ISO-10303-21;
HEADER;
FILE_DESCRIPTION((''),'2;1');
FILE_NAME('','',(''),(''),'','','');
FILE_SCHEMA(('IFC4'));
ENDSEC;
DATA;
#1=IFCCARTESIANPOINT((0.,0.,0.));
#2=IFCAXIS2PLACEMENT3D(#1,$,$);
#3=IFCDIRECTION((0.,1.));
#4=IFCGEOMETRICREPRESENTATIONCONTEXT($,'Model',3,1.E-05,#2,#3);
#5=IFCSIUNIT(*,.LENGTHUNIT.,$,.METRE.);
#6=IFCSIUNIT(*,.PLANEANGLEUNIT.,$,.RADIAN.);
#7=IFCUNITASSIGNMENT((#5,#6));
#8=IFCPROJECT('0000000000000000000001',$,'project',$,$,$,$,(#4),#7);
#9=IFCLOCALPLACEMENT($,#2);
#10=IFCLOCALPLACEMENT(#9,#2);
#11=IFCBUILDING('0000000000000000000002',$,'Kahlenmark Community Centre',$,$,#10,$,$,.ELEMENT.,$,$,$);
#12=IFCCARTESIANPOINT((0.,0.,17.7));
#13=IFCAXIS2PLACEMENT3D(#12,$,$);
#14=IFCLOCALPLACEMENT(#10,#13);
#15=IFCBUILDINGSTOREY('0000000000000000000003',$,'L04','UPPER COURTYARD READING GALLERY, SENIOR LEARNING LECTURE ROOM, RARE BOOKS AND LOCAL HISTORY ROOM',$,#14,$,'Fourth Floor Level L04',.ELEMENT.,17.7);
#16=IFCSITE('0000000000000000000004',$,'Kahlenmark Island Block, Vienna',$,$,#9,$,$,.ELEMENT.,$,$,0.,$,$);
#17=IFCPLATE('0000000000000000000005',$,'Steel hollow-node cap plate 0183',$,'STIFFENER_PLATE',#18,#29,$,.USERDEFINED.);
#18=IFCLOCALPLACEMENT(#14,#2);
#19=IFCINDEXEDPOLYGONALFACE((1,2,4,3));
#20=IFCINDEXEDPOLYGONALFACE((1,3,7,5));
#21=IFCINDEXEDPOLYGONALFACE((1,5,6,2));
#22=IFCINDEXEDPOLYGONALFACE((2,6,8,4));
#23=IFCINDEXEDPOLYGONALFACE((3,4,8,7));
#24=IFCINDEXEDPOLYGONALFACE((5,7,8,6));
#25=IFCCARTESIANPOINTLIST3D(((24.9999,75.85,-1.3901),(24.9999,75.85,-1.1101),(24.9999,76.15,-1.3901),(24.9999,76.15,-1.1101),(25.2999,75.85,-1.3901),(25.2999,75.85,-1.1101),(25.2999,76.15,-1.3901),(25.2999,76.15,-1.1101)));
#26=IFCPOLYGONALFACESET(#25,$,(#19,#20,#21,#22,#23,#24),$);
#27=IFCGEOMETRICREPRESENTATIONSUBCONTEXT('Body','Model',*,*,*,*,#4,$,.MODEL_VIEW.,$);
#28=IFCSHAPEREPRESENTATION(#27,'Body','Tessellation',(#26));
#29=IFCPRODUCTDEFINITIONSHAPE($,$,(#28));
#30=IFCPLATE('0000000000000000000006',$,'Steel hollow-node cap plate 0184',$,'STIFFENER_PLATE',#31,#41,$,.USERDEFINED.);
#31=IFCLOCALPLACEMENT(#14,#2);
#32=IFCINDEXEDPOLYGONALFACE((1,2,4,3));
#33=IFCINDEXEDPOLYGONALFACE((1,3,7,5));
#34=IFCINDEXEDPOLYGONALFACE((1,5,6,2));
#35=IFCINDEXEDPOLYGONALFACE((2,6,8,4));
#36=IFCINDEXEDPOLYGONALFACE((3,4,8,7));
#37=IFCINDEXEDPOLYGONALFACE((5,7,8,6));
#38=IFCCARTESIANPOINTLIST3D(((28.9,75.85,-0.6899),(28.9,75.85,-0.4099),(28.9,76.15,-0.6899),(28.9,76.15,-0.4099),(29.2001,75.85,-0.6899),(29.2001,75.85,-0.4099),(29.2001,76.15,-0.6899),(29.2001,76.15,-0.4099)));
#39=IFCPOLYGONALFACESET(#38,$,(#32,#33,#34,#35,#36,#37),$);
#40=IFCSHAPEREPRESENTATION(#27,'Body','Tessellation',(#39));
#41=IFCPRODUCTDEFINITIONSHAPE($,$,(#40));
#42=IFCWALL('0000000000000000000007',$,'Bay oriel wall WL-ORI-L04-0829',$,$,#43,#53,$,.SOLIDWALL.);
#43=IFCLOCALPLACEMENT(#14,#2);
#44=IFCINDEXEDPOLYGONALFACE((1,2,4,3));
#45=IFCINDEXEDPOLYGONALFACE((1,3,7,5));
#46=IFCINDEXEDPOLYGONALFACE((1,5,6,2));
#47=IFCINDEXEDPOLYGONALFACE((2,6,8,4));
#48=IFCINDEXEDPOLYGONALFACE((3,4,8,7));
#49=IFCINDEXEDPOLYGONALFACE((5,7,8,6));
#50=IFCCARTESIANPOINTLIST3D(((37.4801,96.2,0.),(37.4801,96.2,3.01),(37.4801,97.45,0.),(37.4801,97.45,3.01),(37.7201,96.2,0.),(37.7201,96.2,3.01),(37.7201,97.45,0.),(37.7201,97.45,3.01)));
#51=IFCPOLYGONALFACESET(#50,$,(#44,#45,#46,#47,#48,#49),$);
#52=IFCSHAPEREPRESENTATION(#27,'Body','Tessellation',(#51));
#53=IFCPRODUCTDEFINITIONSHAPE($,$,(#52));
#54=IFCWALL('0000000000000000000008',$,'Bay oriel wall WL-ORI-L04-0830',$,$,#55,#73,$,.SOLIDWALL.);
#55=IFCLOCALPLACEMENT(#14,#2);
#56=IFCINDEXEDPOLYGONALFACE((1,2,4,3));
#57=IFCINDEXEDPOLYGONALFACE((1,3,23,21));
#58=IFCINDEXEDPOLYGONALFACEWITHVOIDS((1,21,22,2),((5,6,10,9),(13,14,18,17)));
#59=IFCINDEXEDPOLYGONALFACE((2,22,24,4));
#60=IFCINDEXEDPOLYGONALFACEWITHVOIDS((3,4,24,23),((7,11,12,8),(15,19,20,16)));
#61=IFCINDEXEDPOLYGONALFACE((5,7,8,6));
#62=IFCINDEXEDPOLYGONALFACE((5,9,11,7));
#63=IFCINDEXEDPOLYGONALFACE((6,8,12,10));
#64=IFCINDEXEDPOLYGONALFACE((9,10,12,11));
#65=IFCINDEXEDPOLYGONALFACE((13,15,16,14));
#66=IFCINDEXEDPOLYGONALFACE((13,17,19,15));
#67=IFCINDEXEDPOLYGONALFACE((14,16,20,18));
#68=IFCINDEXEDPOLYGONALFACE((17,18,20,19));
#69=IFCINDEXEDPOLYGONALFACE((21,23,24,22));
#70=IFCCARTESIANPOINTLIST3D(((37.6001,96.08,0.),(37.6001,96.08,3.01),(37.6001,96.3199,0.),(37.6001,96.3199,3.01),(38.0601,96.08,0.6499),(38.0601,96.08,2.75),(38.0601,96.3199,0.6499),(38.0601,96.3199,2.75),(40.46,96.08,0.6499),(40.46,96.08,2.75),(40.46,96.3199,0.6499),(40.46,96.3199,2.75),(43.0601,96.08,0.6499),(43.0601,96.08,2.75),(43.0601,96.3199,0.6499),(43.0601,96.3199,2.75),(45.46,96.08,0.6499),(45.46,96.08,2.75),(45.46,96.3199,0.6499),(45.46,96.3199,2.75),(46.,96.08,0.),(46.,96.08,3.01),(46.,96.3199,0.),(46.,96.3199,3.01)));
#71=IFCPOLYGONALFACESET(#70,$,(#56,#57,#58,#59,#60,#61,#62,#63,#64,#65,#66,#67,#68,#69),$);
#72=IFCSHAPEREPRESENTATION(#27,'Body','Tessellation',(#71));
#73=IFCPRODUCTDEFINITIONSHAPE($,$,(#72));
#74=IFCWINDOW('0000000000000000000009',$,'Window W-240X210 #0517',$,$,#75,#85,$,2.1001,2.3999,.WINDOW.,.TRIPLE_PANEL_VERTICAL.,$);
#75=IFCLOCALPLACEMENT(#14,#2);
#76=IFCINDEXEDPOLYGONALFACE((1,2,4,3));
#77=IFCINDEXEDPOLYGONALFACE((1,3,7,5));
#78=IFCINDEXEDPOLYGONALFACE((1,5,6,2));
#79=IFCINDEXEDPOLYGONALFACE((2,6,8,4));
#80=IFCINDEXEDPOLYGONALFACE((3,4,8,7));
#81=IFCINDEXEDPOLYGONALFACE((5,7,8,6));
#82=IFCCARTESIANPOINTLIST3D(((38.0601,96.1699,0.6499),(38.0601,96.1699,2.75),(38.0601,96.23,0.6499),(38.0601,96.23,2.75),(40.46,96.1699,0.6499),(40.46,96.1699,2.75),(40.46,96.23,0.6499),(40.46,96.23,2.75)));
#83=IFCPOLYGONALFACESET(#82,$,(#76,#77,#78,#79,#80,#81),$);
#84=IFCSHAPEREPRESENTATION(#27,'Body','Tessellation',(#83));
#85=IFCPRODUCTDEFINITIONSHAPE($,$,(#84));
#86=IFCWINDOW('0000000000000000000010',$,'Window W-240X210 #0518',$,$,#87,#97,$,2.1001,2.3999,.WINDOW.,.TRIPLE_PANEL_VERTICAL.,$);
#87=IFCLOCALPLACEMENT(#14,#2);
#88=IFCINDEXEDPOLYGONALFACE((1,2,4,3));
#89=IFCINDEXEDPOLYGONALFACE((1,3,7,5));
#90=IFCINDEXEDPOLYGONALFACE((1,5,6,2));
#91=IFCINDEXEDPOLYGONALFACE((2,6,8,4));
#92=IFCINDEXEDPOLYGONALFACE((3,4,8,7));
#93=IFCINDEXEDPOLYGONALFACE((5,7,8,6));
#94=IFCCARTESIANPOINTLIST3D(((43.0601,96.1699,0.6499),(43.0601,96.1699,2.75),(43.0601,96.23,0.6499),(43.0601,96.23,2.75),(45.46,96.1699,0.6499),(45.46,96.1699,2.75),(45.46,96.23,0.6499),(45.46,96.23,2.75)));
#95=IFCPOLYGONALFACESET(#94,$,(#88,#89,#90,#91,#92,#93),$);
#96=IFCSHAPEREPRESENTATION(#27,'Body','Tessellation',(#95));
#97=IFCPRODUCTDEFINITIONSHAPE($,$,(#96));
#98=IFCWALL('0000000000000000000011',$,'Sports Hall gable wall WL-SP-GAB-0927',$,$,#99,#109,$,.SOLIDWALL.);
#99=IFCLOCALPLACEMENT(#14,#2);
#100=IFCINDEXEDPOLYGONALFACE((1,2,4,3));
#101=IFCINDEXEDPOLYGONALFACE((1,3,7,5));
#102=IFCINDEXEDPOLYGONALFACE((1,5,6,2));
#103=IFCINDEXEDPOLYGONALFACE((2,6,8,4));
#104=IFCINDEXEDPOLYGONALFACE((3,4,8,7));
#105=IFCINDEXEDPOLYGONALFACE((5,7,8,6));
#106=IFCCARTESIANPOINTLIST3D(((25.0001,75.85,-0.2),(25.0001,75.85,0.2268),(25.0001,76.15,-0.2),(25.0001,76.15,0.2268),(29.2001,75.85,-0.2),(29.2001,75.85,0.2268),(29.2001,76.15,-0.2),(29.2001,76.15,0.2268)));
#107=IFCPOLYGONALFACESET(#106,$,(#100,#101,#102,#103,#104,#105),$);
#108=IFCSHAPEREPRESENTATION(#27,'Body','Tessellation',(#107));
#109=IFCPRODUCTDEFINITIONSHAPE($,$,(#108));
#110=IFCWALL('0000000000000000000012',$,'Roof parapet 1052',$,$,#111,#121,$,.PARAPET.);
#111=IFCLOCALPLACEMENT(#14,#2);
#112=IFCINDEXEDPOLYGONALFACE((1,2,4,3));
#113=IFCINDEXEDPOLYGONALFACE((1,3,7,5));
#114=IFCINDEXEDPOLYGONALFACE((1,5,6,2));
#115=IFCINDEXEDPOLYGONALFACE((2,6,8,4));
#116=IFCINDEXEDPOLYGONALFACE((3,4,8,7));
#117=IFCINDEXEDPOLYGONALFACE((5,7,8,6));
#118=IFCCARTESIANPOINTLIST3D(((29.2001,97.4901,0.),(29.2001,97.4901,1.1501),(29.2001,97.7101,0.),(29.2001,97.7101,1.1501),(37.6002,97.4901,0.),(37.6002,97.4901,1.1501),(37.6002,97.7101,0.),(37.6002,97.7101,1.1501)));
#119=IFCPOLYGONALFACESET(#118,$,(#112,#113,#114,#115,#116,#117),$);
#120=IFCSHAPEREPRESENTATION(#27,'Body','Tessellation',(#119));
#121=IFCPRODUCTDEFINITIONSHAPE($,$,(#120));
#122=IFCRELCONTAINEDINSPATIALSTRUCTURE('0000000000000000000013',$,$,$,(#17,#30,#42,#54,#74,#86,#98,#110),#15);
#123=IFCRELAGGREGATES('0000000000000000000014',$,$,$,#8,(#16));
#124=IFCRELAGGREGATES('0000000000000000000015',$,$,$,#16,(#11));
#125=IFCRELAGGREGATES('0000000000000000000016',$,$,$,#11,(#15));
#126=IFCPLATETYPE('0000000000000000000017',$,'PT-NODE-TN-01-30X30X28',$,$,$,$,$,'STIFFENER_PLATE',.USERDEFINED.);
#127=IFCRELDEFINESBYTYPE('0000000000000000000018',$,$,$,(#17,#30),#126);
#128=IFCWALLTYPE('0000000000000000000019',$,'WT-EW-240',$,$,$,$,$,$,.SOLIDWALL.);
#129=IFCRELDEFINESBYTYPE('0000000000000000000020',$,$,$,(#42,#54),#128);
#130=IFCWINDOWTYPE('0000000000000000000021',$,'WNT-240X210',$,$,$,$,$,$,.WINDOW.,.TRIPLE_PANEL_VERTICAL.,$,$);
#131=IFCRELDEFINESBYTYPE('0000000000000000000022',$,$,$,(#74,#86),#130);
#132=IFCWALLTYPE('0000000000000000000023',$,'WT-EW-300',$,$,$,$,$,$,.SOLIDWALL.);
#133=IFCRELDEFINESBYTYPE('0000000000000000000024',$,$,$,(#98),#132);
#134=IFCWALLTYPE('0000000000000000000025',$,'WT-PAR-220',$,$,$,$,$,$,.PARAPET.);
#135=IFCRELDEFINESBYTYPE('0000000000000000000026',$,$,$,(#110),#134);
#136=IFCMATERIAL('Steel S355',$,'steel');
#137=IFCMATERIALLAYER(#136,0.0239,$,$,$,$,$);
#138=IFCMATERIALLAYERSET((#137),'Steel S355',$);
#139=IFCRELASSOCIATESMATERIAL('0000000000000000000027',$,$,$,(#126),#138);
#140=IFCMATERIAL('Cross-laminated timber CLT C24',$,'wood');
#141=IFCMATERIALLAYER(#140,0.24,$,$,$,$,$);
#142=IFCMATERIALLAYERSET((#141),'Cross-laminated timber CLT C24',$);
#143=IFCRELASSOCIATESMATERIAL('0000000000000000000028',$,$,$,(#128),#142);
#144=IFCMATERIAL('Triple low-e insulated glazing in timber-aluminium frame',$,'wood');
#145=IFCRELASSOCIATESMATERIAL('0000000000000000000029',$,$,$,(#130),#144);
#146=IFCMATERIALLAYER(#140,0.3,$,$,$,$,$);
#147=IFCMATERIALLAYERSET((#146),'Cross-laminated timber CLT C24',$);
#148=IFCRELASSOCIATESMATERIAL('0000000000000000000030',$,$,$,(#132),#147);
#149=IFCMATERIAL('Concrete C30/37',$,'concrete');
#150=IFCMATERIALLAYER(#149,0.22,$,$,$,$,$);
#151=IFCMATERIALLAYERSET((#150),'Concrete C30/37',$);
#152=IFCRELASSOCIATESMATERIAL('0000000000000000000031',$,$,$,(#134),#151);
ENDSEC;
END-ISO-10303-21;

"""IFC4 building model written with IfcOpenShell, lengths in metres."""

from ifc_helpers import new_model, si_unit, direction, frame, frame_2d, origin, origin_2d, place, context, subcontext, project, spatial, rectangle, extrude, material, layer, layer_set, type_object, element, fill, save


model = new_model("IFC4")

# Units and contexts
model_context = context("Model", 3, precision=1e-05, world=origin(), true_north=direction((0.0, 1.0)))
body_context = subcontext(model_context, "Body", "Model", "MODEL_VIEW")
ifc_project = project(units=[si_unit("LENGTHUNIT", "METRE"), si_unit("PLANEANGLEUNIT", "RADIAN")], contexts=[model_context])

# Site, building, storey
site_placement = place(None, origin())
site = spatial("IfcSite", under=ifc_project, at=site_placement, Name="Kahlenmark Island Block, Vienna", CompositionType="ELEMENT", RefElevation=0.0)
building_placement = place(site_placement, origin())
building = spatial("IfcBuilding", under=site, at=building_placement, Name="Kahlenmark Community Centre", CompositionType="ELEMENT")
storey_placement = place(building_placement, frame((0.0, 0.0, 17.7)))
storey = spatial("IfcBuildingStorey", under=building, at=storey_placement, Name="L04", Description="UPPER COURTYARD READING GALLERY, SENIOR LEARNING LECTURE ROOM, RARE BOOKS AND LOCAL HISTORY ROOM", LongName="Fourth Floor Level L04", CompositionType="ELEMENT", Elevation=17.7)

# Shared definitions
ifc_material_1 = material(Name="Steel S355", Category="steel")

# Plates
ifc_layer_1 = layer(ifc_material_1, 0.0239)
ifc_layer_set_1 = layer_set([ifc_layer_1], Name="Steel S355")
plate_type_1 = type_object("IfcPlateType", Name="PT-NODE-TN-01-30X30X28", ElementType="STIFFENER_PLATE", PredefinedType="USERDEFINED", material=ifc_layer_set_1)
for number, where, z_axis, x_axis, name in (
    (1, (25.1499, 76.0, -1.3901), (0.0, 0.0, 1.0), (1.0, 0.0, 0.0), "Steel hollow-node cap plate 0183"),
    (2, (29.05, 76.0, -0.6899), (0.0, 0.0, 1.0), (1.0, 0.0, 0.0), "Steel hollow-node cap plate 0184"),
):
    element("IfcPlate", number, at=place(storey_placement, frame(where, z_axis=z_axis, x_axis=x_axis)), inside=storey, type_object=plate_type_1, Name=name, ObjectType="STIFFENER_PLATE", PredefinedType="USERDEFINED", context=body_context, shape_type="SweptSolid", body=[
        extrude(rectangle(XDim=0.3, YDim=0.3, at=origin_2d()), origin(), (0.0, 0.0, 1.0), 0.28),
    ])

# Wall
ifc_material_2 = material(Name="Cross-laminated timber CLT C24", Category="wood")
ifc_layer_2 = layer(ifc_material_2, 0.24)
ifc_layer_set_2 = layer_set([ifc_layer_2], Name="Cross-laminated timber CLT C24")
wall_type_1 = type_object("IfcWallType", Name="WT-EW-240", PredefinedType="SOLIDWALL", material=ifc_layer_set_2)
wall_1_placement = place(storey_placement, frame((37.6001, 97.45, 0.0), z_axis=(0.0, 0.0, 1.0), x_axis=(0.0, -1.0, 0.0)))
element("IfcWall", 3, at=wall_1_placement, inside=storey, type_object=wall_type_1, Name="Bay oriel wall WL-ORI-L04-0829", PredefinedType="SOLIDWALL", context=body_context, shape_type="SweptSolid", body=[
    extrude(rectangle(XDim=1.25, YDim=0.24, at=frame_2d((0.625, 0.0))), origin(), (0.0, 0.0, 1.0), 3.01),
])

# Wall, openings, windows
wall_2_placement = place(storey_placement, frame((37.6001, 96.2, 0.0), z_axis=(0.0, 0.0, 1.0), x_axis=(1.0, 0.0, 0.0)))
wall_2 = element("IfcWall", 4, at=wall_2_placement, inside=storey, type_object=wall_type_1, Name="Bay oriel wall WL-ORI-L04-0830", PredefinedType="SOLIDWALL", context=body_context, shape_type="SweptSolid", body=[
    extrude(rectangle(XDim=8.3999, YDim=0.24, at=frame_2d((4.2, 0.0))), origin(), (0.0, 0.0, 1.0), 3.01),
])
opening_1_placement = place(wall_2_placement, frame((0.46, 0.0, 0.6499)))
opening_1 = element("IfcOpeningElement", 5, at=opening_1_placement, cuts=wall_2, PredefinedType="OPENING", context=body_context, shape_type="SweptSolid", body=[
    extrude(rectangle(XDim=2.3999, YDim=2.1001, at=frame_2d((1.2, 1.05))), frame((0.0, 0.1299, 0.0), z_axis=(0.0, -1.0, 0.0), x_axis=(1.0, 0.0, 0.0)), (0.0, 0.0, 1.0), 0.26),
])
opening_2_placement = place(wall_2_placement, frame((5.46, 0.0, 0.6499)))
opening_2 = element("IfcOpeningElement", 6, at=opening_2_placement, cuts=wall_2, PredefinedType="OPENING", context=body_context, shape_type="SweptSolid", body=[
    extrude(rectangle(XDim=2.3999, YDim=2.1001, at=frame_2d((1.2, 1.05))), frame((0.0, 0.1299, 0.0), z_axis=(0.0, -1.0, 0.0), x_axis=(1.0, 0.0, 0.0)), (0.0, 0.0, 1.0), 0.26),
])
ifc_material_3 = material(Name="Triple low-e insulated glazing in timber-aluminium frame", Category="wood")
window_type = type_object("IfcWindowType", Name="WNT-240X210", PartitioningType="TRIPLE_PANEL_VERTICAL", PredefinedType="WINDOW", material=ifc_material_3)
window_1_placement = place(opening_1_placement, origin())
window_1 = element("IfcWindow", 7, at=window_1_placement, inside=storey, type_object=window_type, Name="Window W-240X210 #0517", OverallHeight=2.1001, OverallWidth=2.3999, PartitioningType="TRIPLE_PANEL_VERTICAL", PredefinedType="WINDOW", context=body_context, shape_type="SweptSolid", body=[
    extrude(rectangle(XDim=2.3999, YDim=2.1001, at=frame_2d((1.2, 1.05))), frame((0.0, 0.03, 0.0), z_axis=(0.0, -1.0, 0.0), x_axis=(1.0, 0.0, 0.0)), (0.0, 0.0, 1.0), 0.0601),
])
fill(opening_1, window_1)
window_2_placement = place(opening_2_placement, origin())
window_2 = element("IfcWindow", 8, at=window_2_placement, inside=storey, type_object=window_type, Name="Window W-240X210 #0518", OverallHeight=2.1001, OverallWidth=2.3999, PartitioningType="TRIPLE_PANEL_VERTICAL", PredefinedType="WINDOW", context=body_context, shape_type="SweptSolid", body=[
    extrude(rectangle(XDim=2.3999, YDim=2.1001, at=frame_2d((1.2, 1.05))), frame((0.0, 0.03, 0.0), z_axis=(0.0, -1.0, 0.0), x_axis=(1.0, 0.0, 0.0)), (0.0, 0.0, 1.0), 0.0601),
])
fill(opening_2, window_2)

# Walls
ifc_layer_3 = layer(ifc_material_2, 0.3)
ifc_layer_set_3 = layer_set([ifc_layer_3], Name="Cross-laminated timber CLT C24")
wall_type_2 = type_object("IfcWallType", Name="WT-EW-300", PredefinedType="SOLIDWALL", material=ifc_layer_set_3)
wall_3_placement = place(storey_placement, frame((25.0, 76.0, -0.2), z_axis=(0.0, 0.0, 1.0), x_axis=(1.0, 0.0, 0.0)))
element("IfcWall", 9, at=wall_3_placement, inside=storey, type_object=wall_type_2, Name="Sports Hall gable wall WL-SP-GAB-0927", PredefinedType="SOLIDWALL", context=body_context, shape_type="SweptSolid", body=[
    extrude(rectangle(XDim=4.2, YDim=0.3, at=frame_2d((2.1001, 0.0))), origin(), (0.0, 0.0, 1.0), 0.4268),
])
ifc_material_4 = material(Name="Concrete C30/37", Category="concrete")
ifc_layer_4 = layer(ifc_material_4, 0.22)
ifc_layer_set_4 = layer_set([ifc_layer_4], Name="Concrete C30/37")
wall_type_3 = type_object("IfcWallType", Name="WT-PAR-220", PredefinedType="PARAPET", material=ifc_layer_set_4)
wall_4_placement = place(storey_placement, frame((29.2, 97.6001, 0.0), z_axis=(0.0, 0.0, 1.0), x_axis=(1.0, 0.0, 0.0)))
element("IfcWall", 10, at=wall_4_placement, inside=storey, type_object=wall_type_3, Name="Roof parapet 1052", PredefinedType="PARAPET", context=body_context, shape_type="SweptSolid", body=[
    extrude(rectangle(XDim=8.4001, YDim=0.22, at=frame_2d((4.2002, 0.0))), origin(), (0.0, 0.0, 1.0), 1.1501),
])

save(model, "model.ifc")
